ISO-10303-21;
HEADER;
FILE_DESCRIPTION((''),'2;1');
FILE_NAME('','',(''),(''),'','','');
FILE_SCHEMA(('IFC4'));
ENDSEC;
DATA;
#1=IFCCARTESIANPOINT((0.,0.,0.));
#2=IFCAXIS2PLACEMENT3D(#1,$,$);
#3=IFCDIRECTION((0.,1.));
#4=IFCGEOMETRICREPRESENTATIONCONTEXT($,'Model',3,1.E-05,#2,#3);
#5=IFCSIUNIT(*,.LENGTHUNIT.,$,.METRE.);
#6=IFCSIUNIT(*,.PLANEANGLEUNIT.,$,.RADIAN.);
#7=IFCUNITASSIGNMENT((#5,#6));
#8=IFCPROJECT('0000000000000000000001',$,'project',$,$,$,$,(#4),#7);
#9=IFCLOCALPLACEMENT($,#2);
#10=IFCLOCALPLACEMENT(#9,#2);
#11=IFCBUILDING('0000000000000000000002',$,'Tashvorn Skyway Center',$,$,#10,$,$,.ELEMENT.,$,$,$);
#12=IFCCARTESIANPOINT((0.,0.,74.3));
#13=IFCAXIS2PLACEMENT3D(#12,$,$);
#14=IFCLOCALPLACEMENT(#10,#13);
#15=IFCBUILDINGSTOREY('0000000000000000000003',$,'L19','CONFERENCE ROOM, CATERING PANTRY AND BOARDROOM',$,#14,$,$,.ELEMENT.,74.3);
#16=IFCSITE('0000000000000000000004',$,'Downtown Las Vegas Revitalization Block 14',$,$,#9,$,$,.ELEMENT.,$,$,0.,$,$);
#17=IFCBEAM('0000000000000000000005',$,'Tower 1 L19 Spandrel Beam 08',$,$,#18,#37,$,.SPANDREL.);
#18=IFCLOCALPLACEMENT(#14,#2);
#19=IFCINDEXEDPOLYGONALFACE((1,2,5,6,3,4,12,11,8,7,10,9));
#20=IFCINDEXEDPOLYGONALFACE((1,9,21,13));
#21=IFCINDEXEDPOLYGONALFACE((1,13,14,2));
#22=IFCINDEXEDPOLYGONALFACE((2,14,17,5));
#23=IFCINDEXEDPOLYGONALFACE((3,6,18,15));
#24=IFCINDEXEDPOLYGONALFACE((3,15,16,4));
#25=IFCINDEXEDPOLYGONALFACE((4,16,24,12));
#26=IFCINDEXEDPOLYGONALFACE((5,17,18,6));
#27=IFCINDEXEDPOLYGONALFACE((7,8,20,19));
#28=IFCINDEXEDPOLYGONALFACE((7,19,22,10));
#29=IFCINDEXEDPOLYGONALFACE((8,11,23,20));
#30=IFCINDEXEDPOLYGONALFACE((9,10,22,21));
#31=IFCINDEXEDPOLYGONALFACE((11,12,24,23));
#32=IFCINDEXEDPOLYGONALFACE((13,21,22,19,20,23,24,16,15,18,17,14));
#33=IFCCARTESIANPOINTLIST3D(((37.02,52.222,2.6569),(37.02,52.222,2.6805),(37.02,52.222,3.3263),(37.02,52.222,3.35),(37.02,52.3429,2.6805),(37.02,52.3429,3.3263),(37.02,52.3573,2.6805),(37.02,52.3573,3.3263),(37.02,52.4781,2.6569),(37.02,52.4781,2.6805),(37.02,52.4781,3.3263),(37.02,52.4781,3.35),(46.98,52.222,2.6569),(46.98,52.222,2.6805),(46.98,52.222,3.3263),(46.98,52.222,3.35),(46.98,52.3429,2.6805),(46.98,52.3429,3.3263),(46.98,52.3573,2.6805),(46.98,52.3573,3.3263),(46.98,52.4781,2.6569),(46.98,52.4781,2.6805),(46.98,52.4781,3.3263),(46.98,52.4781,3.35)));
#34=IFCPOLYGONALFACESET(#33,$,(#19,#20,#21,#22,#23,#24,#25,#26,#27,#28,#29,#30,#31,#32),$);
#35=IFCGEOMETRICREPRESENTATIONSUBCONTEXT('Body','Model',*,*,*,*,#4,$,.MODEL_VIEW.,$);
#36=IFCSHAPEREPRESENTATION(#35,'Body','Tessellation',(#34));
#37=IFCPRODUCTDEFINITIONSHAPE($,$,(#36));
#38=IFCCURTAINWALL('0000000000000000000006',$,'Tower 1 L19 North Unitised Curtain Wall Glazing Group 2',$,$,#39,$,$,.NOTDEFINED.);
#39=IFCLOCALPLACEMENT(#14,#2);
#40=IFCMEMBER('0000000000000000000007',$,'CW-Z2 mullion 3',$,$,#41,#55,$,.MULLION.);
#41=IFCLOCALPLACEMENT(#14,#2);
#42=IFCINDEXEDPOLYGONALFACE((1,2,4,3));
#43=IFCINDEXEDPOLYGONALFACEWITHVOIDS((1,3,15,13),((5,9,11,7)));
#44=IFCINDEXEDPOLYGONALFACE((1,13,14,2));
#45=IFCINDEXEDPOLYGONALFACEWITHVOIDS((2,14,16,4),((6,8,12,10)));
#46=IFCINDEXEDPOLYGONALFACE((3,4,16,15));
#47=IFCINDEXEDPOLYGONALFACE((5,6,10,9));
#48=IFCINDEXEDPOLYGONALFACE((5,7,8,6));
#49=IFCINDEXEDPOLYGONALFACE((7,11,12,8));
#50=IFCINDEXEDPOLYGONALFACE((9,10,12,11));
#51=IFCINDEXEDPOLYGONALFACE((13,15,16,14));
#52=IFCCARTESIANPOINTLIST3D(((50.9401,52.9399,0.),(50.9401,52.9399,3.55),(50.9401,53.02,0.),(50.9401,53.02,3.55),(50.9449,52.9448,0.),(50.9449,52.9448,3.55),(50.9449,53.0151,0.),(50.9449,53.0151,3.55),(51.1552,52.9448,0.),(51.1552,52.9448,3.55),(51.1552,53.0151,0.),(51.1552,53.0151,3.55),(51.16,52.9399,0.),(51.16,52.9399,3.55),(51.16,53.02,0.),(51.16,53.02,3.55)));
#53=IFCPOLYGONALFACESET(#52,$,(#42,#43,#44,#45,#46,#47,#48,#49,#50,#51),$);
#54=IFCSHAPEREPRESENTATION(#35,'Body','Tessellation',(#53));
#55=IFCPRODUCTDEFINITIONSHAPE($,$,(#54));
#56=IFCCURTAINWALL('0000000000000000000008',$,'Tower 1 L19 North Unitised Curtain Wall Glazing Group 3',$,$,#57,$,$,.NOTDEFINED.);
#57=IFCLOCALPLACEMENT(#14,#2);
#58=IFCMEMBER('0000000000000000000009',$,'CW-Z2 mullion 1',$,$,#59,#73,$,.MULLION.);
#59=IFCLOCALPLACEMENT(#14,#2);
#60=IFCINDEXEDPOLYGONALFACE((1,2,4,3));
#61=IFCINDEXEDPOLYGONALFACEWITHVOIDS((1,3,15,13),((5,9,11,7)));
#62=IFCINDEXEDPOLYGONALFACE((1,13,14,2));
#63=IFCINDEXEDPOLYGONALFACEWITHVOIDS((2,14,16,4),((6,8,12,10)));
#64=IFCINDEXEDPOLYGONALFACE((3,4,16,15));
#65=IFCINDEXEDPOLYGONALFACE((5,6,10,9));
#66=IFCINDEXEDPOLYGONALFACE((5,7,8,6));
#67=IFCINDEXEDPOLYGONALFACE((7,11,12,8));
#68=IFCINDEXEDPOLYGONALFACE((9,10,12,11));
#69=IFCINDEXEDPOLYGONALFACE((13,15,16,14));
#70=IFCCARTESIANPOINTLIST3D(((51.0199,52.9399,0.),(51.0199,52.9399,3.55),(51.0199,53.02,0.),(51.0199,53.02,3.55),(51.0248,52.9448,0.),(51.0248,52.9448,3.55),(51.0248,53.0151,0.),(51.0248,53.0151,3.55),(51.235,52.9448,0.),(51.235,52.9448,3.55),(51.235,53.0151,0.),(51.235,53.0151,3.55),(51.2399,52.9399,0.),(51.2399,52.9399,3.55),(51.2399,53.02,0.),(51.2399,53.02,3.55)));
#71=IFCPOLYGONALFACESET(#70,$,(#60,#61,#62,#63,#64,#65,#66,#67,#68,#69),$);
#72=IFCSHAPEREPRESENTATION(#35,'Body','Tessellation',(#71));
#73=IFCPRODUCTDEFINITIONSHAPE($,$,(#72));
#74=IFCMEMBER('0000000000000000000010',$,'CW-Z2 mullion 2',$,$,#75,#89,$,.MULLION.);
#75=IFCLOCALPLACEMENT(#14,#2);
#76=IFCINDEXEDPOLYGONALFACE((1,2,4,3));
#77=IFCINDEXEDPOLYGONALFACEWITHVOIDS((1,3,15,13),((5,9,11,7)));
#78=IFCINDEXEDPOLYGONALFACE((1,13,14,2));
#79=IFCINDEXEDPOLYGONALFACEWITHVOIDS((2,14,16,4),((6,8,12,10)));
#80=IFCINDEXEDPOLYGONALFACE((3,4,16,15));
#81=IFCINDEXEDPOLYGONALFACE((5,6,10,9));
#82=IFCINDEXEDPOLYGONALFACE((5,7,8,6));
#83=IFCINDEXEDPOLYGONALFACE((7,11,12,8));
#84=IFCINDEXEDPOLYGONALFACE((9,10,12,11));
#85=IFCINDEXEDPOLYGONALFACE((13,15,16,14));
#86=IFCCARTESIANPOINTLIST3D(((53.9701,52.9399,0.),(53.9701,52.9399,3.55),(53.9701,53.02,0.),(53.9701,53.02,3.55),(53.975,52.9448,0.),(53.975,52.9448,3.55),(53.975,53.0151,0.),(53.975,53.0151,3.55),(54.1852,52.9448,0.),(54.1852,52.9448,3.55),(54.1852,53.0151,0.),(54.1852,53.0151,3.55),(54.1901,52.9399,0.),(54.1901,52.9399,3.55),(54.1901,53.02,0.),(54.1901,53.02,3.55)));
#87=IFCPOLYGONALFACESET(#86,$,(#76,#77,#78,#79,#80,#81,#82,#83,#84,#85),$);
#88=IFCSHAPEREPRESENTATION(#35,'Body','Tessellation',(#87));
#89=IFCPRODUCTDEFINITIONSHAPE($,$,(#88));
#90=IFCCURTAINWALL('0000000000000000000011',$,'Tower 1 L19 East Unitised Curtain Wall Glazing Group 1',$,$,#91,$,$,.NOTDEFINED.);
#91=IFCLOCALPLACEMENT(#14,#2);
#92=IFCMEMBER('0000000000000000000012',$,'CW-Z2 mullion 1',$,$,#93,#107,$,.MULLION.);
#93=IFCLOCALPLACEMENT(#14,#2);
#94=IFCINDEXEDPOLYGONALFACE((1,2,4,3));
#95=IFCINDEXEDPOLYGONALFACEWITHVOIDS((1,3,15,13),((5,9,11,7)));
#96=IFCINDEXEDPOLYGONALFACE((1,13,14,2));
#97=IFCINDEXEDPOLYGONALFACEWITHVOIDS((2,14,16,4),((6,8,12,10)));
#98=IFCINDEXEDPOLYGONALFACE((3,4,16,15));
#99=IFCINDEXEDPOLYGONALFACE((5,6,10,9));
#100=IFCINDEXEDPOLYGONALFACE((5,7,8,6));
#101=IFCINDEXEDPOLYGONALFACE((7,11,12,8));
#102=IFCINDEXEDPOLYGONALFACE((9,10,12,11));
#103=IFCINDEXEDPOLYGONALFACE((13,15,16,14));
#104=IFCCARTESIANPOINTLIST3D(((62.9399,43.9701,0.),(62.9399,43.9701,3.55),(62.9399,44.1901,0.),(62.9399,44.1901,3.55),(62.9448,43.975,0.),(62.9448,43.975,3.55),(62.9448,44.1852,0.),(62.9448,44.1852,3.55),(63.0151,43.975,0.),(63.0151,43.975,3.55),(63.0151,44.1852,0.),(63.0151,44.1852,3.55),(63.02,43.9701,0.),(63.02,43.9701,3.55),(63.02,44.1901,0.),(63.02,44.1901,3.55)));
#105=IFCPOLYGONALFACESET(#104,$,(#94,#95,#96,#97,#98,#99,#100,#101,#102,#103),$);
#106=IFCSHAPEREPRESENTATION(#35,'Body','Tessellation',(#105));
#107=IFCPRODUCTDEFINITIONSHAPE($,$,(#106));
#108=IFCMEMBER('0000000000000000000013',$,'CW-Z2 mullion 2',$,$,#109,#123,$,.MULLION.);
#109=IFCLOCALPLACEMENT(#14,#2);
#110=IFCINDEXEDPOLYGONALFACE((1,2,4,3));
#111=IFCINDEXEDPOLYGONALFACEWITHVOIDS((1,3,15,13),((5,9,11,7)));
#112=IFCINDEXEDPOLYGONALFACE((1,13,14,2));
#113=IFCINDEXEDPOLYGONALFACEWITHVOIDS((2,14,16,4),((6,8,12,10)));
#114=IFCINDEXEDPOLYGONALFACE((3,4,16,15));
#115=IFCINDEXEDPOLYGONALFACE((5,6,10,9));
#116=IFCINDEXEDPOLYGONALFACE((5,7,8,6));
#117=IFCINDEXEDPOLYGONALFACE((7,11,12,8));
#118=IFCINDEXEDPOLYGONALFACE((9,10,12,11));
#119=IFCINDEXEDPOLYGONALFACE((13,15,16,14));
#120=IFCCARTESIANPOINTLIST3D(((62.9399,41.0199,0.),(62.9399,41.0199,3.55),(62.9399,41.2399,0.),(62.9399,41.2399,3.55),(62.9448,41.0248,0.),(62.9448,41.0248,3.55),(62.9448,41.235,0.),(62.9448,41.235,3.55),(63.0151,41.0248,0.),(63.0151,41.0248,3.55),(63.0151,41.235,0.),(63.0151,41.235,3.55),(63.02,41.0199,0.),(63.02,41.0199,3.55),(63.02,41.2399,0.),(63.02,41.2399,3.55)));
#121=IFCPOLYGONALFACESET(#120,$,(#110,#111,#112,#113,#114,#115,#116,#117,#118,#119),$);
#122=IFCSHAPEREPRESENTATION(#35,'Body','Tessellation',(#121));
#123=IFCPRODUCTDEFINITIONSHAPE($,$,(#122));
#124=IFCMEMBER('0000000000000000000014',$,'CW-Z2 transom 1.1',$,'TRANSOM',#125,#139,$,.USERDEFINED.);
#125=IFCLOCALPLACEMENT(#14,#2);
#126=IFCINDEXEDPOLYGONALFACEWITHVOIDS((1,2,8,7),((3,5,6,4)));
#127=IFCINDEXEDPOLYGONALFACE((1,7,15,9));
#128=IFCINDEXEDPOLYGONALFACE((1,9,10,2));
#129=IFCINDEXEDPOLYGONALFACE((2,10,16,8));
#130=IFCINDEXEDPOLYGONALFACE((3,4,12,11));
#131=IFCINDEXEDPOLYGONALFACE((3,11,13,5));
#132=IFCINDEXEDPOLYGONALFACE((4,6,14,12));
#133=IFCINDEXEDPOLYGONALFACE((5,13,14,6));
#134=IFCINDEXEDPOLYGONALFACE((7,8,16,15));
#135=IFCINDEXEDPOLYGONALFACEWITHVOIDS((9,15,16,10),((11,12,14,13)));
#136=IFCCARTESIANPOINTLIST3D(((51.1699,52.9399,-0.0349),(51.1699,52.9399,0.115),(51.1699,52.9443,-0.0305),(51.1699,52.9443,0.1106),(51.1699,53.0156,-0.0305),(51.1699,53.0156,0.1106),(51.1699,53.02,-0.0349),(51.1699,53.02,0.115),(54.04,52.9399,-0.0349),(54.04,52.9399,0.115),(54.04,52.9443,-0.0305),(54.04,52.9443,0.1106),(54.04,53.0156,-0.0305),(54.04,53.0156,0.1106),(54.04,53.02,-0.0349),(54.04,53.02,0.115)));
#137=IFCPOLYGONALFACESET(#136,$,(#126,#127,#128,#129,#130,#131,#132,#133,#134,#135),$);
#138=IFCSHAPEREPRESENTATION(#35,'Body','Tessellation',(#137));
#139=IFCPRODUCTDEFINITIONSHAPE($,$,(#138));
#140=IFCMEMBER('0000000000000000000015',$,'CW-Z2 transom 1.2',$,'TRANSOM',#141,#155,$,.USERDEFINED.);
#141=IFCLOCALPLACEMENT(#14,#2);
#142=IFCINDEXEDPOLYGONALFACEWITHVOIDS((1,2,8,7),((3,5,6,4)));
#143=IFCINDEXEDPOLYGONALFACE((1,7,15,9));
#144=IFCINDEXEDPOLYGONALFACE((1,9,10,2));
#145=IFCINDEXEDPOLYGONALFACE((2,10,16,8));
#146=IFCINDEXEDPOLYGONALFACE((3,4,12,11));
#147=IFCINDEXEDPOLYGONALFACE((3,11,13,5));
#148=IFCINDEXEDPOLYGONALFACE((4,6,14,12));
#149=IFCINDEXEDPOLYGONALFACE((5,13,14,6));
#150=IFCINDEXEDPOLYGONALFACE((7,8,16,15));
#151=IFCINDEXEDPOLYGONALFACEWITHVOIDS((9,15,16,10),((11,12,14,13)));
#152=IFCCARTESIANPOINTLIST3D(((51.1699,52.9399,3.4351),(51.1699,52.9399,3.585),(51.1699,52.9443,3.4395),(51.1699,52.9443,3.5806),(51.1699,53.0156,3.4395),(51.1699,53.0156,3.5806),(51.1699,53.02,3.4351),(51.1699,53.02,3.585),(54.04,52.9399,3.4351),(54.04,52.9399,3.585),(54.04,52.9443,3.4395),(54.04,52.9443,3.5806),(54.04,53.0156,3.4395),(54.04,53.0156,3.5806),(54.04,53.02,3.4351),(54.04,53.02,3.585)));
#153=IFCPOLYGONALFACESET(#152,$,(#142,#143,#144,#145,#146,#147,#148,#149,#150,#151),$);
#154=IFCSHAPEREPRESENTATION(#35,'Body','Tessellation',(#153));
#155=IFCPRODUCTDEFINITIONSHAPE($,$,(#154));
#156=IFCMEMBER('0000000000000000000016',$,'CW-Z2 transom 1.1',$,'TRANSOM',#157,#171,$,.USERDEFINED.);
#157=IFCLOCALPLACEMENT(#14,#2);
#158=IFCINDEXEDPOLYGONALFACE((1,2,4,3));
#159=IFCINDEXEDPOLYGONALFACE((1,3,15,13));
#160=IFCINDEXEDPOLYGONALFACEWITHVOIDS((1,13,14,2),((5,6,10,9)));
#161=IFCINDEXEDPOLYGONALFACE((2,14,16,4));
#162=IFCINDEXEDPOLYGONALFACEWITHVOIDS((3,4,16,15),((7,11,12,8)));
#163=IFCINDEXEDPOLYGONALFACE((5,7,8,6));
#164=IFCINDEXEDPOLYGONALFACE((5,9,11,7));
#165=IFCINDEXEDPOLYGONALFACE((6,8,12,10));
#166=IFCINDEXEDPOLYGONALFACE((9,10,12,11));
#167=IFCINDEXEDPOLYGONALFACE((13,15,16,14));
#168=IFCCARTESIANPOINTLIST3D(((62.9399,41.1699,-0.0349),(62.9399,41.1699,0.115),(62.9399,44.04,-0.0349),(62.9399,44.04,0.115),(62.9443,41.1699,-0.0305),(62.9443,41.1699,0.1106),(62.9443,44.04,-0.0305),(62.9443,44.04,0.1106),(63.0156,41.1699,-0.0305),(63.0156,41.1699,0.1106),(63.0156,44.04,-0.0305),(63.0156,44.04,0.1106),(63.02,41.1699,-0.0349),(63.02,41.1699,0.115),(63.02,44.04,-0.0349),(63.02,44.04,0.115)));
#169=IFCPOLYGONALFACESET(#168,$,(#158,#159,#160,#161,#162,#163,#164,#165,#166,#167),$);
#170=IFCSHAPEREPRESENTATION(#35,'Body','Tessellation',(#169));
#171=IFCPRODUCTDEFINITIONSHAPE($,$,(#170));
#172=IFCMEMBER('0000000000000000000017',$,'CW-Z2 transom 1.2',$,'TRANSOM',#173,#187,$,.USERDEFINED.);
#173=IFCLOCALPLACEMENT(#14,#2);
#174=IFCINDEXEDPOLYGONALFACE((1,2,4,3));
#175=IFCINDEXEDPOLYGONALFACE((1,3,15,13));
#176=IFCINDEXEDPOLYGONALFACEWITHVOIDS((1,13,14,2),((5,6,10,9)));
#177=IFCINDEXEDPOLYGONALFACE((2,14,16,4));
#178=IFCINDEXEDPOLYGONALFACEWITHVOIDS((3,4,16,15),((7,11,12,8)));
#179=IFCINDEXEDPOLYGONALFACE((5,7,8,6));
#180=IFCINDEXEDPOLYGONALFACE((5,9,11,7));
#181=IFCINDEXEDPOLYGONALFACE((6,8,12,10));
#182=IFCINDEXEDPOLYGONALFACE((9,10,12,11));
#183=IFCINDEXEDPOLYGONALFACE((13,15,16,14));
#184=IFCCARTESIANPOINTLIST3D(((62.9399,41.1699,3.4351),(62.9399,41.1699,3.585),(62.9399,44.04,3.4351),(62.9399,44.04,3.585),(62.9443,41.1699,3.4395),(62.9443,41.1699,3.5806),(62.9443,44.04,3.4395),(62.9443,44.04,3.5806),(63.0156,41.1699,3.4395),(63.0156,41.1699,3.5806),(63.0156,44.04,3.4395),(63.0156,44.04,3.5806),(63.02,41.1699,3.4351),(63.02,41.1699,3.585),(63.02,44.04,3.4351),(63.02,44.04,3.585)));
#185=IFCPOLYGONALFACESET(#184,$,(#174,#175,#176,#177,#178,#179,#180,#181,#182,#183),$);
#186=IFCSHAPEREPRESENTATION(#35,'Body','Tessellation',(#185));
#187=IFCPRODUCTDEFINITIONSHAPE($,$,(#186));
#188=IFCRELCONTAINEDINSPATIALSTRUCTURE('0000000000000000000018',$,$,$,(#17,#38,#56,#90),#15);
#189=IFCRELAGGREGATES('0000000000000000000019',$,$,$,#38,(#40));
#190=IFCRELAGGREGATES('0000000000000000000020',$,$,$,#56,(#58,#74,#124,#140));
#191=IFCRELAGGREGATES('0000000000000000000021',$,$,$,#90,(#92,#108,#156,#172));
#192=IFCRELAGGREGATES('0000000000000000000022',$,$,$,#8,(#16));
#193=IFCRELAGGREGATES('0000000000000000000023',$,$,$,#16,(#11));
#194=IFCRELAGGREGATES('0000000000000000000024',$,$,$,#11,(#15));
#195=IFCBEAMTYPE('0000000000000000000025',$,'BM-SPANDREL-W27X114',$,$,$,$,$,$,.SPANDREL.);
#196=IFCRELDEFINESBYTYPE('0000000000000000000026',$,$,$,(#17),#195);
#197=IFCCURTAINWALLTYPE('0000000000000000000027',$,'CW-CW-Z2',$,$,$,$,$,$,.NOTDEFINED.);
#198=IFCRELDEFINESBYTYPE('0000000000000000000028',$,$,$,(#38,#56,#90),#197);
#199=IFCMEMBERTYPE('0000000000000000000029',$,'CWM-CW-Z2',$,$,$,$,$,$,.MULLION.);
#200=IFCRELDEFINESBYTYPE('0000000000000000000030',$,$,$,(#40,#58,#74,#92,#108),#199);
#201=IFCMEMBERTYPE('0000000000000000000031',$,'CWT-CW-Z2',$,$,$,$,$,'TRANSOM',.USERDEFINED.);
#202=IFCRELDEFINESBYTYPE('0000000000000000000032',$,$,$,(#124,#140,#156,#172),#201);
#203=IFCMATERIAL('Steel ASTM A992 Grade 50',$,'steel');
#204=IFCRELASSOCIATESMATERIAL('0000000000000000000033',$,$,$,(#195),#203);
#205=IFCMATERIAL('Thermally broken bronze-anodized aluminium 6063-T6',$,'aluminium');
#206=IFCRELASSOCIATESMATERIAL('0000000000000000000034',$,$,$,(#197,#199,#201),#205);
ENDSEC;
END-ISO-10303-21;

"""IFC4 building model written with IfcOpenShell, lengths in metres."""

from ifc_helpers import new_model, si_unit, direction, frame, origin, origin_2d, place, context, subcontext, project, spatial, hollow_rectangle, i_section, extrude, material, material_profile, profile_set, type_object, element, aggregate, save


model = new_model("IFC4")

# Units and contexts
model_context = context("Model", 3, precision=1e-05, world=origin(), true_north=direction((0.0, 1.0)))
body_context = subcontext(model_context, "Body", "Model", "MODEL_VIEW")
ifc_project = project(units=[si_unit("LENGTHUNIT", "METRE"), si_unit("PLANEANGLEUNIT", "RADIAN")], contexts=[model_context])

# Site, building, storey
site_placement = place(None, origin())
site = spatial("IfcSite", under=ifc_project, at=site_placement, Name="Downtown Las Vegas Revitalization Block 14", CompositionType="ELEMENT", RefElevation=0.0)
building_placement = place(site_placement, origin())
building = spatial("IfcBuilding", under=site, at=building_placement, Name="Tashvorn Skyway Center", CompositionType="ELEMENT")
storey_placement = place(building_placement, frame((0.0, 0.0, 74.3)))
storey = spatial("IfcBuildingStorey", under=building, at=storey_placement, Name="L19", Description="CONFERENCE ROOM, CATERING PANTRY AND BOARDROOM", CompositionType="ELEMENT", Elevation=74.3)

# Beam
ifc_material_1 = material(Name="Steel ASTM A992 Grade 50", Category="steel")
ifc_material_profile_1 = material_profile(ifc_material_1, i_section(OverallWidth=0.2561, OverallDepth=0.6931, WebThickness=0.0144, FlangeThickness=0.0237, at=origin_2d()), Name="W27X114")
ifc_profile_set_1 = profile_set([ifc_material_profile_1], Name="Steel ASTM A992 Grade 50")
beam_type_1 = type_object("IfcBeamType", Name="BM-SPANDREL-W27X114", PredefinedType="SPANDREL", material=ifc_profile_set_1)
beam_1_placement = place(storey_placement, frame((46.98, 52.3501, 3.0034), z_axis=(-1.0, 0.0, 0.0), x_axis=(0.0, -1.0, 0.0)))
element("IfcBeam", 1, at=beam_1_placement, inside=storey, type_object=beam_type_1, Name="Tower 1 L19 Spandrel Beam 08", PredefinedType="SPANDREL", context=body_context, shape_type="SweptSolid", body=[
    extrude(i_section(OverallWidth=0.2561, OverallDepth=0.6931, WebThickness=0.0144, FlangeThickness=0.0237, at=origin_2d()), origin(), (0.0, 0.0, 1.0), 9.96),
])

# Curtain wall, member
ifc_material_2 = material(Name="Thermally broken bronze-anodized aluminium 6063-T6", Category="aluminium")
curtain_wall_type = type_object("IfcCurtainWallType", Name="CW-CW-Z2", PredefinedType="NOTDEFINED", material=ifc_material_2)
curtain_wall_1_placement = place(storey_placement, origin())
curtain_wall_1 = element("IfcCurtainWall", 2, at=curtain_wall_1_placement, inside=storey, type_object=curtain_wall_type, Name="Tower 1 L19 North Unitised Curtain Wall Glazing Group 2", PredefinedType="NOTDEFINED")
ifc_material_profile_2 = material_profile(ifc_material_2, hollow_rectangle(XDim=0.0801, YDim=0.22, WallThickness=0.0049, at=origin_2d()), Name="ALU-MULL-80x220")
ifc_profile_set_2 = profile_set([ifc_material_profile_2], Name="Thermally broken bronze-anodized aluminium 6063-T6")
member_type_1 = type_object("IfcMemberType", Name="CWM-CW-Z2", PredefinedType="MULLION", material=ifc_profile_set_2)
member_1_placement = place(storey_placement, frame((51.05, 52.98, 0.0), z_axis=(0.0, 0.0, 1.0), x_axis=(0.0, 1.0, 0.0)))
member_1 = element("IfcMember", 3, at=member_1_placement, type_object=member_type_1, Name="CW-Z2 mullion 3", PredefinedType="MULLION", context=body_context, shape_type="SweptSolid", body=[
    extrude(hollow_rectangle(XDim=0.0801, YDim=0.22, WallThickness=0.0049, at=origin_2d()), origin(), (0.0, 0.0, 1.0), 3.55),
])
aggregate(curtain_wall_1, [member_1])

# Curtain walls, members
curtain_wall_2_placement = place(storey_placement, origin())
curtain_wall_2 = element("IfcCurtainWall", 4, at=curtain_wall_2_placement, inside=storey, type_object=curtain_wall_type, Name="Tower 1 L19 North Unitised Curtain Wall Glazing Group 3", PredefinedType="NOTDEFINED")
member_2_placement = place(storey_placement, frame((51.1299, 52.98, 0.0), z_axis=(0.0, 0.0, 1.0), x_axis=(0.0, 1.0, 0.0)))
member_2 = element("IfcMember", 5, at=member_2_placement, type_object=member_type_1, Name="CW-Z2 mullion 1", PredefinedType="MULLION", context=body_context, shape_type="SweptSolid", body=[
    extrude(hollow_rectangle(XDim=0.0801, YDim=0.22, WallThickness=0.0049, at=origin_2d()), origin(), (0.0, 0.0, 1.0), 3.55),
])
member_3_placement = place(storey_placement, frame((54.0801, 52.98, 0.0), z_axis=(0.0, 0.0, 1.0), x_axis=(0.0, 1.0, 0.0)))
member_3 = element("IfcMember", 6, at=member_3_placement, type_object=member_type_1, Name="CW-Z2 mullion 2", PredefinedType="MULLION", context=body_context, shape_type="SweptSolid", body=[
    extrude(hollow_rectangle(XDim=0.0801, YDim=0.22, WallThickness=0.0049, at=origin_2d()), origin(), (0.0, 0.0, 1.0), 3.55),
])
curtain_wall_3_placement = place(storey_placement, origin())
curtain_wall_3 = element("IfcCurtainWall", 7, at=curtain_wall_3_placement, inside=storey, type_object=curtain_wall_type, Name="Tower 1 L19 East Unitised Curtain Wall Glazing Group 1", PredefinedType="NOTDEFINED")
member_4_placement = place(storey_placement, frame((62.98, 44.0801, 0.0), z_axis=(0.0, 0.0, 1.0), x_axis=(1.0, 0.0, 0.0)))
member_4 = element("IfcMember", 8, at=member_4_placement, type_object=member_type_1, Name="CW-Z2 mullion 1", PredefinedType="MULLION", context=body_context, shape_type="SweptSolid", body=[
    extrude(hollow_rectangle(XDim=0.0801, YDim=0.22, WallThickness=0.0049, at=origin_2d()), origin(), (0.0, 0.0, 1.0), 3.55),
])
member_5_placement = place(storey_placement, frame((62.98, 41.1299, 0.0), z_axis=(0.0, 0.0, 1.0), x_axis=(1.0, 0.0, 0.0)))
member_5 = element("IfcMember", 9, at=member_5_placement, type_object=member_type_1, Name="CW-Z2 mullion 2", PredefinedType="MULLION", context=body_context, shape_type="SweptSolid", body=[
    extrude(hollow_rectangle(XDim=0.0801, YDim=0.22, WallThickness=0.0049, at=origin_2d()), origin(), (0.0, 0.0, 1.0), 3.55),
])

# Members
ifc_material_profile_3 = material_profile(ifc_material_2, hollow_rectangle(XDim=0.0801, YDim=0.1499, WallThickness=0.0044, at=origin_2d()), Name="ALU-TRAN-80x150")
ifc_profile_set_3 = profile_set([ifc_material_profile_3], Name="Thermally broken bronze-anodized aluminium 6063-T6")
member_type_2 = type_object("IfcMemberType", Name="CWT-CW-Z2", ElementType="TRANSOM", PredefinedType="USERDEFINED", material=ifc_profile_set_3)
member_6_placement = place(storey_placement, frame((51.1699, 52.98, 0.04), z_axis=(1.0, 0.0, 0.0), x_axis=(0.0, 1.0, 0.0)))
member_6 = element("IfcMember", 10, at=member_6_placement, type_object=member_type_2, Name="CW-Z2 transom 1.1", ObjectType="TRANSOM", PredefinedType="USERDEFINED", context=body_context, shape_type="SweptSolid", body=[
    extrude(hollow_rectangle(XDim=0.0801, YDim=0.1499, WallThickness=0.0044, at=origin_2d()), origin(), (0.0, 0.0, 1.0), 2.8701),
])
member_7_placement = place(storey_placement, frame((51.1699, 52.98, 3.51), z_axis=(1.0, 0.0, 0.0), x_axis=(0.0, 1.0, 0.0)))
member_7 = element("IfcMember", 11, at=member_7_placement, type_object=member_type_2, Name="CW-Z2 transom 1.2", ObjectType="TRANSOM", PredefinedType="USERDEFINED", context=body_context, shape_type="SweptSolid", body=[
    extrude(hollow_rectangle(XDim=0.0801, YDim=0.1499, WallThickness=0.0044, at=origin_2d()), origin(), (0.0, 0.0, 1.0), 2.8701),
])
member_8_placement = place(storey_placement, frame((62.98, 44.04, 0.04), z_axis=(0.0, -1.0, 0.0), x_axis=(1.0, 0.0, 0.0)))
member_8 = element("IfcMember", 12, at=member_8_placement, type_object=member_type_2, Name="CW-Z2 transom 1.1", ObjectType="TRANSOM", PredefinedType="USERDEFINED", context=body_context, shape_type="SweptSolid", body=[
    extrude(hollow_rectangle(XDim=0.0801, YDim=0.1499, WallThickness=0.0044, at=origin_2d()), origin(), (0.0, 0.0, 1.0), 2.8701),
])
member_9_placement = place(storey_placement, frame((62.98, 44.04, 3.51), z_axis=(0.0, -1.0, 0.0), x_axis=(1.0, 0.0, 0.0)))
member_9 = element("IfcMember", 13, at=member_9_placement, type_object=member_type_2, Name="CW-Z2 transom 1.2", ObjectType="TRANSOM", PredefinedType="USERDEFINED", context=body_context, shape_type="SweptSolid", body=[
    extrude(hollow_rectangle(XDim=0.0801, YDim=0.1499, WallThickness=0.0044, at=origin_2d()), origin(), (0.0, 0.0, 1.0), 2.8701),
])

aggregate(curtain_wall_2, [member_2, member_3, member_6, member_7])
aggregate(curtain_wall_3, [member_4, member_5, member_8, member_9])

save(model, "model.ifc")
